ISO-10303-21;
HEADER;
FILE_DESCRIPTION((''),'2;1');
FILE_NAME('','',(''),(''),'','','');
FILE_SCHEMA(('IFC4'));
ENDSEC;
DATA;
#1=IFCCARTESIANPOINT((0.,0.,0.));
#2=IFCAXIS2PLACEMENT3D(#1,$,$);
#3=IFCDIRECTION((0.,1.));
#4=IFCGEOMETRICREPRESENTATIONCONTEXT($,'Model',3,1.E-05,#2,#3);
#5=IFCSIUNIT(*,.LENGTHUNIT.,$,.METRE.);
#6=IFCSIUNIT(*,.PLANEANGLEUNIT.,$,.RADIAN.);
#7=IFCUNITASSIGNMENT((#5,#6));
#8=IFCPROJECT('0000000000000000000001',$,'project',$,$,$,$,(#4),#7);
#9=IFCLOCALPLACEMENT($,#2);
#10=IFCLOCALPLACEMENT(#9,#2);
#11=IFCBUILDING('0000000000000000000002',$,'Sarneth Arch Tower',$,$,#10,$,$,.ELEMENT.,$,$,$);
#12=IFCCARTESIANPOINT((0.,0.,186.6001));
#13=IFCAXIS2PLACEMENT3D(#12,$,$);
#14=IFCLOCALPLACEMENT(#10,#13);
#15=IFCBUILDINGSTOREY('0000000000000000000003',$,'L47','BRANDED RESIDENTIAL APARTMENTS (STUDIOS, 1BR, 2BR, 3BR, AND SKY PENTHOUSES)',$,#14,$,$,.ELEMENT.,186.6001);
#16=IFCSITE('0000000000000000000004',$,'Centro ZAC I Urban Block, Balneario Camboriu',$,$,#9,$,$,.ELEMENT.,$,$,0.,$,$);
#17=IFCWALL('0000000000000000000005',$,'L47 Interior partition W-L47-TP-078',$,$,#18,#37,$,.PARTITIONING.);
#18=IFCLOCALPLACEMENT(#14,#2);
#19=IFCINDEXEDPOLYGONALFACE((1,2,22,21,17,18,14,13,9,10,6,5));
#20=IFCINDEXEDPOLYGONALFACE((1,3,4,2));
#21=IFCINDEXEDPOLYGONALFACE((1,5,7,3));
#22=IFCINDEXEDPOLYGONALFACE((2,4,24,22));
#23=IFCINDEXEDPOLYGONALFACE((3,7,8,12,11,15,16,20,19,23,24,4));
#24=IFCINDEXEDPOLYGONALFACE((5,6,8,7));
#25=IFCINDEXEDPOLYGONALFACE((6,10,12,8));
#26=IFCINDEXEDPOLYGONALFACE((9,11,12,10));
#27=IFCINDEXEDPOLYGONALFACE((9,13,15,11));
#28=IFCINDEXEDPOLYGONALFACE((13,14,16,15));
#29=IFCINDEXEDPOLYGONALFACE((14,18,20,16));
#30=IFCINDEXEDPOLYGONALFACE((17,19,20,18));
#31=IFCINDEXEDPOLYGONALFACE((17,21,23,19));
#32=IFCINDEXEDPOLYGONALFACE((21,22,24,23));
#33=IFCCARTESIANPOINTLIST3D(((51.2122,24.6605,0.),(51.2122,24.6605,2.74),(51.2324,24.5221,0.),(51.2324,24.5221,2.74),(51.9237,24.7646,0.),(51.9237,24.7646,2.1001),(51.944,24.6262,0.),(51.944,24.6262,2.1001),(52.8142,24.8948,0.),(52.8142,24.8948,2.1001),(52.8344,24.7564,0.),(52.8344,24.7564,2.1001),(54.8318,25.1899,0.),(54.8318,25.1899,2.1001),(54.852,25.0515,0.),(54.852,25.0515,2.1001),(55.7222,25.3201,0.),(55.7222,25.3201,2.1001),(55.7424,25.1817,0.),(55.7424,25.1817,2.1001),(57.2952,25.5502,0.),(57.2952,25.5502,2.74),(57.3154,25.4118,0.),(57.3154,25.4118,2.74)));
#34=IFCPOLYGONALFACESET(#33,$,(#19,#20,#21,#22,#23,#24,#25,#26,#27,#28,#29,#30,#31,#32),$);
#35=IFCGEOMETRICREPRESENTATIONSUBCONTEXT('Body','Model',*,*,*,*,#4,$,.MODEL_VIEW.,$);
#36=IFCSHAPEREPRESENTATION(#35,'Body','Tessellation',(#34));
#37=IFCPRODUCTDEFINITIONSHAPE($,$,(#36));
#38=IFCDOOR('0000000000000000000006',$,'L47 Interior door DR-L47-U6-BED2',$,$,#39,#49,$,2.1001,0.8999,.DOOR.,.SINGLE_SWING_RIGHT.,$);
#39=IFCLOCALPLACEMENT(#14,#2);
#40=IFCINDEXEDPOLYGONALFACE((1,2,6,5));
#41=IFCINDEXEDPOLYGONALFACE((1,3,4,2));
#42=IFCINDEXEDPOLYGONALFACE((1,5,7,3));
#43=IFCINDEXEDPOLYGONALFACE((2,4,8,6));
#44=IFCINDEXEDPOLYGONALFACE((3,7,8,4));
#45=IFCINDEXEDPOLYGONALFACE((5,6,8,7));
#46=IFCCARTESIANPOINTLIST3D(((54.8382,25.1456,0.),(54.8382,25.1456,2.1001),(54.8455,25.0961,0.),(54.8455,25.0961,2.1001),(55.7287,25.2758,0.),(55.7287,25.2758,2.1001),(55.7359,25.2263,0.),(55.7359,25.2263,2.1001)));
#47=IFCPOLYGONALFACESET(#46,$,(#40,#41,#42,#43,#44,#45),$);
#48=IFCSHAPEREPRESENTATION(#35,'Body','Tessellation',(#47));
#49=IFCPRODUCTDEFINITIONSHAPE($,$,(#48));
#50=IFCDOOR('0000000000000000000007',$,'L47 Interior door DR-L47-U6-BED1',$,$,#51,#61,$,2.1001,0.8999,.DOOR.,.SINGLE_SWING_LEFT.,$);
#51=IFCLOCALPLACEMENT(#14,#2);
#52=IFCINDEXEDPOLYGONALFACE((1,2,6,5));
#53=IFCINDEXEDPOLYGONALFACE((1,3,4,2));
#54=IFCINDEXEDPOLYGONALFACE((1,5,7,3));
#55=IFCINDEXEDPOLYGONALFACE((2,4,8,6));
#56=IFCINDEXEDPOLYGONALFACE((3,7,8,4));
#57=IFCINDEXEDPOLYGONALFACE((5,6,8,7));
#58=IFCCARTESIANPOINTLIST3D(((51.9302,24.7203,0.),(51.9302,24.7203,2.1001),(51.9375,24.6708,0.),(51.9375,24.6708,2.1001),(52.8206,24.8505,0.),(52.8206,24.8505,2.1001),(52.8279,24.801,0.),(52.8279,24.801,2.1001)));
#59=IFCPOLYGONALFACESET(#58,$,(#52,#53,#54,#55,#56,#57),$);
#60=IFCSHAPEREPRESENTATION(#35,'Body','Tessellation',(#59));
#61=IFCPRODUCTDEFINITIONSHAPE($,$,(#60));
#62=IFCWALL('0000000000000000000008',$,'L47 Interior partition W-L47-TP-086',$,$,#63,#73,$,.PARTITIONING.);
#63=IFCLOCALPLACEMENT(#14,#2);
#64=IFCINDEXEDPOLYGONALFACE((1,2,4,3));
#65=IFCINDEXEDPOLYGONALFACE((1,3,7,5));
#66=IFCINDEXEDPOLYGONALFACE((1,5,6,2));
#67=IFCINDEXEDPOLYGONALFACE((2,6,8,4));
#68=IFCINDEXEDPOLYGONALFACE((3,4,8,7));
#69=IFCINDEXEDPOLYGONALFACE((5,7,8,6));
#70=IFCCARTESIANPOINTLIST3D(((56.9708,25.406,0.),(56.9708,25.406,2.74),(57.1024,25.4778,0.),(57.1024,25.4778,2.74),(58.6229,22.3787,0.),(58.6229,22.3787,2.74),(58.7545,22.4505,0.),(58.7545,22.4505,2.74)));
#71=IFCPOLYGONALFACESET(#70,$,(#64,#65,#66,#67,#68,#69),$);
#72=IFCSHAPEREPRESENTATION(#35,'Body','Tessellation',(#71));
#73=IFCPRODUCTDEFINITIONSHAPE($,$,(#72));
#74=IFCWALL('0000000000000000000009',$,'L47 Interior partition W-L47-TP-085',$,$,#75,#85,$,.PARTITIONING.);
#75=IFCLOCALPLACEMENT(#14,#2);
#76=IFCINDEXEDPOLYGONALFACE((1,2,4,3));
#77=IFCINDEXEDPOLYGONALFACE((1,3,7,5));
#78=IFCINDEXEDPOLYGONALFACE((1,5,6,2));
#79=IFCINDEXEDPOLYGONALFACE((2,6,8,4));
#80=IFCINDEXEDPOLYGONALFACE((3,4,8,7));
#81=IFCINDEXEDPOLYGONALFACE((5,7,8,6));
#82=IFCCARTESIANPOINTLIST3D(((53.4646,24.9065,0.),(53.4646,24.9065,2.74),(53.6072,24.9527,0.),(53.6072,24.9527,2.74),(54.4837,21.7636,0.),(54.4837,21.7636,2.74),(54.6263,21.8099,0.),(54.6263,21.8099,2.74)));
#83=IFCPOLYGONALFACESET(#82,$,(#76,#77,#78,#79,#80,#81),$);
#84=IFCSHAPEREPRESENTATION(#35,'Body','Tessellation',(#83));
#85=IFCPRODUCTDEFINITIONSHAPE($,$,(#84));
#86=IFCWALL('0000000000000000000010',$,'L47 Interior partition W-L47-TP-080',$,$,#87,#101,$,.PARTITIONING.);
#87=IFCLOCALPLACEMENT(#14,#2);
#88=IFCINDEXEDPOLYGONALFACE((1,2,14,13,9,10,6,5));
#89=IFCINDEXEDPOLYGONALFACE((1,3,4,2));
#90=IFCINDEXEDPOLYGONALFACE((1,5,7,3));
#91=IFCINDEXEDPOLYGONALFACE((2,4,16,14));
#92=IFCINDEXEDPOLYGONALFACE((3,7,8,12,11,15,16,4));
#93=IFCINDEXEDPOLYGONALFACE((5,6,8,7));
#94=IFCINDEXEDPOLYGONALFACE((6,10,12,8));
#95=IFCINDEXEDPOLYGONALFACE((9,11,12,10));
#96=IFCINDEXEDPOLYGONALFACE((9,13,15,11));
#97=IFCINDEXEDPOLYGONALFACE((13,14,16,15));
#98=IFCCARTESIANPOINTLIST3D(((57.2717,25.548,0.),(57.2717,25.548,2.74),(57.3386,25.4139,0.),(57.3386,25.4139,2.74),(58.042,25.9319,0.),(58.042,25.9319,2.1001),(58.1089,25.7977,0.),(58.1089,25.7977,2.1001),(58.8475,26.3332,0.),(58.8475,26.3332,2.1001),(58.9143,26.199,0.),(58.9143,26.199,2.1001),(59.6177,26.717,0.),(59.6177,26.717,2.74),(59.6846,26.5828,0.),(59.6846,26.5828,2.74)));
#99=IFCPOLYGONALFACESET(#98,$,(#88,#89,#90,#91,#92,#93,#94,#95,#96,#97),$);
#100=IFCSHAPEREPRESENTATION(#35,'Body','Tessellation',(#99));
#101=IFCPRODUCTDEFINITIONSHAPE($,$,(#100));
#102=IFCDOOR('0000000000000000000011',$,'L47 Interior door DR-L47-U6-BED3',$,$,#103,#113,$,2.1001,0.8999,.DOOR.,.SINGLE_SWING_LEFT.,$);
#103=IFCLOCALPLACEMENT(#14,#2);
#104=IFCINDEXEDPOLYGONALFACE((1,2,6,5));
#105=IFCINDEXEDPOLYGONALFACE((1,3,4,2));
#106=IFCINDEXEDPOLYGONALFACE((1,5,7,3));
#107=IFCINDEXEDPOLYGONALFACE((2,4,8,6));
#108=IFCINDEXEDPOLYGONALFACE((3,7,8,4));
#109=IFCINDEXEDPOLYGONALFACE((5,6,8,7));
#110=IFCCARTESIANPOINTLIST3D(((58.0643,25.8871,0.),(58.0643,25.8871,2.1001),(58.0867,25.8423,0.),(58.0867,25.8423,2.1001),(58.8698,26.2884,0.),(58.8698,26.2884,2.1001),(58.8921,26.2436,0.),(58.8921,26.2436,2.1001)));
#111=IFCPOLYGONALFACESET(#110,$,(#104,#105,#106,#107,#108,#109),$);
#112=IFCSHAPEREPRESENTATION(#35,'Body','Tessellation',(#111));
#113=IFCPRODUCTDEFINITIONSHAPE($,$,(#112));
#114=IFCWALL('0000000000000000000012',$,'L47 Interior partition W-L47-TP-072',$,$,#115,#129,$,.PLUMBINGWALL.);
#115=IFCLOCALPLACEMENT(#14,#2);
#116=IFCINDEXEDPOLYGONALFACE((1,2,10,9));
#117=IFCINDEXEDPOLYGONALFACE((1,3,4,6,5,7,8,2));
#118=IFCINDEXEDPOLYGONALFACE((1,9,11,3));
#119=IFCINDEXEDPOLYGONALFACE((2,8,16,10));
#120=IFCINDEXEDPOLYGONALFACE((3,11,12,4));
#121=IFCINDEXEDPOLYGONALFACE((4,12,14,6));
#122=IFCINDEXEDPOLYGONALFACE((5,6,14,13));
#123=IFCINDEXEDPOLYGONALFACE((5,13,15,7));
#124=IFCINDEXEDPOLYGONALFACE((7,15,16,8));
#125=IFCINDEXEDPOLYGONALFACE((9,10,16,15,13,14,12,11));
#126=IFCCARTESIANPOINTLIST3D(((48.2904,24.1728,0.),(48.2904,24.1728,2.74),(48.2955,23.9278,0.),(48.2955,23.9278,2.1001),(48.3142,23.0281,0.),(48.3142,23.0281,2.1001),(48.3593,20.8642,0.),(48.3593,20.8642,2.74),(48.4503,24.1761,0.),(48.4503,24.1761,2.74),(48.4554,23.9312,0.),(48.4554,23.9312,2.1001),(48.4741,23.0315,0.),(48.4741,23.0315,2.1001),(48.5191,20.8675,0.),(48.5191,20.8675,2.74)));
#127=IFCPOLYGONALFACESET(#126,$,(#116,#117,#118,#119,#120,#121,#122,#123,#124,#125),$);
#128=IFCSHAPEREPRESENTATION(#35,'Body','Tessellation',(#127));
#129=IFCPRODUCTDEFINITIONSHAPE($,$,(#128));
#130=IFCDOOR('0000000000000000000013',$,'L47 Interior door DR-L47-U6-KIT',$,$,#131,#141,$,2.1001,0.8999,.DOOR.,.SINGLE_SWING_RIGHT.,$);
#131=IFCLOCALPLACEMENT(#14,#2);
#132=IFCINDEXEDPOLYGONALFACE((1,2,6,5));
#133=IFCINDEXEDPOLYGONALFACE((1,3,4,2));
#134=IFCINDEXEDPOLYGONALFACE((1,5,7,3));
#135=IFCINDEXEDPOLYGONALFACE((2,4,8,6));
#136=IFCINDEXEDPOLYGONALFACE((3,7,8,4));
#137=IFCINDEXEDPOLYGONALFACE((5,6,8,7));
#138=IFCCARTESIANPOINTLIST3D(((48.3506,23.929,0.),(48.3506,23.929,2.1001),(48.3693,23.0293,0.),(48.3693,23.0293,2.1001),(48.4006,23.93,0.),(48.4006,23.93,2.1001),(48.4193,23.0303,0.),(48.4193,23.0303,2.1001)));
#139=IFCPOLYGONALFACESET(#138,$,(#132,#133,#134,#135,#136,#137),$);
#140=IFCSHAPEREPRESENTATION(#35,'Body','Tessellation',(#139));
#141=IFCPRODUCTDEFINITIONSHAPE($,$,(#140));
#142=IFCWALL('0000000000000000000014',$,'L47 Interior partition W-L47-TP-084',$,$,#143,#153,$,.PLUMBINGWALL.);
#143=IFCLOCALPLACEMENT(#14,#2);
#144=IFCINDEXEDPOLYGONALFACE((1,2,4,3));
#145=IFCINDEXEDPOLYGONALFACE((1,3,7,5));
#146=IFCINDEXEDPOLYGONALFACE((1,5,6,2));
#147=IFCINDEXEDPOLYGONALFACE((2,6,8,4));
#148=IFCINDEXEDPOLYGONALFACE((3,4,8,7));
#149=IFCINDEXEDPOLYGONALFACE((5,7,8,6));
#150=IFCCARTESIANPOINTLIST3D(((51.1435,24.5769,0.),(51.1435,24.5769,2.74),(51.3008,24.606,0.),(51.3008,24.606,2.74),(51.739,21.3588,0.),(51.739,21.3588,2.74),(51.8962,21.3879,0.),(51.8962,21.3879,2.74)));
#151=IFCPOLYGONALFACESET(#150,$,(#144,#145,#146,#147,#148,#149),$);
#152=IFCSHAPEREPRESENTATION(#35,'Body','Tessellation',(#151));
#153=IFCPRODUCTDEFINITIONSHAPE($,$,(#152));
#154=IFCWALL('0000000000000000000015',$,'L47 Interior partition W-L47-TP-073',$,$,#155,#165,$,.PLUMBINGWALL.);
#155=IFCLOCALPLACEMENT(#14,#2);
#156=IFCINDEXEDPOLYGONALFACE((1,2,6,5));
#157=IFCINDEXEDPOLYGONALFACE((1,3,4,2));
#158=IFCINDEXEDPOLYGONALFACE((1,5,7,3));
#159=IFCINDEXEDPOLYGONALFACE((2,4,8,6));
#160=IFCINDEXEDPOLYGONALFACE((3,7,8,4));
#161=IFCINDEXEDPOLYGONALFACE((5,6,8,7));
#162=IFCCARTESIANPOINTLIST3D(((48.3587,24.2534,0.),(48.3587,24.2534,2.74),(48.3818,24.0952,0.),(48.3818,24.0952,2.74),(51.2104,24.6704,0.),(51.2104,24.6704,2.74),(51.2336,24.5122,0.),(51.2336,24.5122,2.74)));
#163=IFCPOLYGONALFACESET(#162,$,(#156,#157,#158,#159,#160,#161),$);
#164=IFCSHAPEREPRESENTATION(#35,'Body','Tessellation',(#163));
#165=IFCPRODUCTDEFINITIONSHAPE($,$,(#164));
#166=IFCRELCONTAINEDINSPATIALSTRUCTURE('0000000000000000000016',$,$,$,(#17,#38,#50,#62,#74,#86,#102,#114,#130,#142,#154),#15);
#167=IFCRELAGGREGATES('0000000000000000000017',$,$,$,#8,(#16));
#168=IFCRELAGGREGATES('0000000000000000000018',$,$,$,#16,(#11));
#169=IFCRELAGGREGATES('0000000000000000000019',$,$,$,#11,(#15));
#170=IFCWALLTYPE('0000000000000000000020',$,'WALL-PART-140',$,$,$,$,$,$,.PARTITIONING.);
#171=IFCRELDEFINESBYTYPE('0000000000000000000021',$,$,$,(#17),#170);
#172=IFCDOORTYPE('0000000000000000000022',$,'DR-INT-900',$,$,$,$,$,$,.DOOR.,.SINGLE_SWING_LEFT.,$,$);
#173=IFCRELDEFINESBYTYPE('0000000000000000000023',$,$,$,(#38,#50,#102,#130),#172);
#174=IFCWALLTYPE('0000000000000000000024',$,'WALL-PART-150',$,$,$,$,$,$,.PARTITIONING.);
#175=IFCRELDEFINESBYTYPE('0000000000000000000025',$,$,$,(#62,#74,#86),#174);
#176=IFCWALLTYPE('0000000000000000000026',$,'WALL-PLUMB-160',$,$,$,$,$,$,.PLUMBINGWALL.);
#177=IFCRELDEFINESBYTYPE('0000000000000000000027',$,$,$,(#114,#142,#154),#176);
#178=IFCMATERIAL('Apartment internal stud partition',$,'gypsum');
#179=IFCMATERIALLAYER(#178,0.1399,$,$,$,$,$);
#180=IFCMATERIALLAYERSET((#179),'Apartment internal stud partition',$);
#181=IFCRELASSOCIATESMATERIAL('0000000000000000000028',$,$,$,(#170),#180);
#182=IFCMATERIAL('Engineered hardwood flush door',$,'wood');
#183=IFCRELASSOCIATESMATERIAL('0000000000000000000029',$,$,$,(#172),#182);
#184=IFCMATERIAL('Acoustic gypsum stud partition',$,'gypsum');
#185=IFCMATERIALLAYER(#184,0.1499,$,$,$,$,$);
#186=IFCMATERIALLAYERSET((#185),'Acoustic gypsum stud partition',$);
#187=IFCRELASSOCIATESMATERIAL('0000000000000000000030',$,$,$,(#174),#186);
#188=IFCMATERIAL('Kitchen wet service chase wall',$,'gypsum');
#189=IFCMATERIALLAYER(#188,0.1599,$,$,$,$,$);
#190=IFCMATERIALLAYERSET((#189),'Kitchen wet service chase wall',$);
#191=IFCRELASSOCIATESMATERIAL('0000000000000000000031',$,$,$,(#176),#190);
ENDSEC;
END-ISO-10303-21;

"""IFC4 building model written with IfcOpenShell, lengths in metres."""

from ifc_helpers import new_model, si_unit, direction, frame, frame_2d, origin, place, context, subcontext, project, spatial, rectangle, extrude, material, layer, layer_set, type_object, element, fill, save


model = new_model("IFC4")

# Units and contexts
model_context = context("Model", 3, precision=1e-05, world=origin(), true_north=direction((0.0, 1.0)))
body_context = subcontext(model_context, "Body", "Model", "MODEL_VIEW")
ifc_project = project(units=[si_unit("LENGTHUNIT", "METRE"), si_unit("PLANEANGLEUNIT", "RADIAN")], contexts=[model_context])

# Site, building, storey
site_placement = place(None, origin())
site = spatial("IfcSite", under=ifc_project, at=site_placement, Name="Centro ZAC I Urban Block, Balneario Camboriu", CompositionType="ELEMENT", RefElevation=0.0)
building_placement = place(site_placement, origin())
building = spatial("IfcBuilding", under=site, at=building_placement, Name="Sarneth Arch Tower", CompositionType="ELEMENT")
storey_placement = place(building_placement, frame((0.0, 0.0, 186.6001)))
storey = spatial("IfcBuildingStorey", under=building, at=storey_placement, Name="L47", Description="BRANDED RESIDENTIAL APARTMENTS (STUDIOS, 1BR, 2BR, 3BR, AND SKY PENTHOUSES)", CompositionType="ELEMENT", Elevation=186.6001)

# Wall, openings, doors
ifc_material_1 = material(Name="Apartment internal stud partition", Category="gypsum")
ifc_layer_1 = layer(ifc_material_1, 0.1399)
ifc_layer_set_1 = layer_set([ifc_layer_1], Name="Apartment internal stud partition")
wall_type_1 = type_object("IfcWallType", Name="WALL-PART-140", PredefinedType="PARTITIONING", material=ifc_layer_set_1)
wall_1_placement = place(storey_placement, frame((57.3052, 25.481, 0.0), z_axis=(0.0, 0.0, 1.0), x_axis=(-0.989474, -0.144712, 0.0)))
wall_1 = element("IfcWall", 1, at=wall_1_placement, inside=storey, type_object=wall_type_1, Name="L47 Interior partition W-L47-TP-078", PredefinedType="PARTITIONING", context=body_context, shape_type="SweptSolid", body=[
    extrude(rectangle(XDim=6.1477, YDim=0.1399, at=frame_2d((3.0737, 0.0))), origin(), (0.0, 0.0, 1.0), 2.74),
])
opening_1_placement = place(wall_1_placement, frame((1.5896, 0.0, 0.0)))
opening_1 = element("IfcOpeningElement", 2, at=opening_1_placement, cuts=wall_1, PredefinedType="OPENING", context=body_context, shape_type="SweptSolid", body=[
    extrude(rectangle(XDim=0.8999, YDim=2.1001, at=frame_2d((0.45, 1.05))), frame((0.0, 0.0798, 0.0), z_axis=(0.0, -1.0, 0.0), x_axis=(1.0, 0.0, 0.0)), (0.0, 0.0, 1.0), 0.1599),
])
opening_2_placement = place(wall_1_placement, frame((4.5286, 0.0, 0.0)))
opening_2 = element("IfcOpeningElement", 3, at=opening_2_placement, cuts=wall_1, PredefinedType="OPENING", context=body_context, shape_type="SweptSolid", body=[
    extrude(rectangle(XDim=0.8999, YDim=2.1001, at=frame_2d((0.45, 1.05))), frame((0.0, 0.0798, 0.0), z_axis=(0.0, -1.0, 0.0), x_axis=(1.0, 0.0, 0.0)), (0.0, 0.0, 1.0), 0.1599),
])
ifc_material_2 = material(Name="Engineered hardwood flush door", Category="wood")
door_type_1 = type_object("IfcDoorType", Name="DR-INT-900", OperationType="SINGLE_SWING_LEFT", PredefinedType="DOOR", material=ifc_material_2)
door_1_placement = place(opening_1_placement, origin())
door_1 = element("IfcDoor", 4, at=door_1_placement, inside=storey, type_object=door_type_1, Name="L47 Interior door DR-L47-U6-BED2", OperationType="SINGLE_SWING_RIGHT", OverallHeight=2.1001, OverallWidth=0.8999, PredefinedType="DOOR", context=body_context, shape_type="SweptSolid", body=[
    extrude(rectangle(XDim=0.8999, YDim=2.1001, at=frame_2d((0.45, 1.05))), frame((0.0, 0.0249, 0.0), z_axis=(0.0, -1.0, 0.0), x_axis=(1.0, 0.0, 0.0)), (0.0, 0.0, 1.0), 0.05),
])
fill(opening_1, door_1)
door_2_placement = place(opening_2_placement, origin())
door_2 = element("IfcDoor", 5, at=door_2_placement, inside=storey, type_object=door_type_1, Name="L47 Interior door DR-L47-U6-BED1", OperationType="SINGLE_SWING_LEFT", OverallHeight=2.1001, OverallWidth=0.8999, PredefinedType="DOOR", context=body_context, shape_type="SweptSolid", body=[
    extrude(rectangle(XDim=0.8999, YDim=2.1001, at=frame_2d((0.45, 1.05))), frame((0.0, 0.0249, 0.0), z_axis=(0.0, -1.0, 0.0), x_axis=(1.0, 0.0, 0.0)), (0.0, 0.0, 1.0), 0.05),
])
fill(opening_2, door_2)

# Walls
ifc_material_3 = material(Name="Acoustic gypsum stud partition", Category="gypsum")
ifc_layer_2 = layer(ifc_material_3, 0.1499)
ifc_layer_set_2 = layer_set([ifc_layer_2], Name="Acoustic gypsum stud partition")
wall_type_2 = type_object("IfcWallType", Name="WALL-PART-150", PredefinedType="PARTITIONING", material=ifc_layer_set_2)
wall_2_placement = place(storey_placement, frame((57.0366, 25.4419, 0.0), z_axis=(0.0, 0.0, 1.0), x_axis=(0.479036, -0.877795, 0.0)))
element("IfcWall", 6, at=wall_2_placement, inside=storey, type_object=wall_type_2, Name="L47 Interior partition W-L47-TP-086", PredefinedType="PARTITIONING", context=body_context, shape_type="SweptSolid", body=[
    extrude(rectangle(XDim=3.4487, YDim=0.1499, at=frame_2d((1.7244, 0.0))), origin(), (0.0, 0.0, 1.0), 2.74),
])
wall_3_placement = place(storey_placement, frame((54.5549, 21.7869, 0.0), z_axis=(0.0, 0.0, 1.0), x_axis=(-0.308436, 0.951245, 0.0)))
element("IfcWall", 7, at=wall_3_placement, inside=storey, type_object=wall_type_2, Name="L47 Interior partition W-L47-TP-085", PredefinedType="PARTITIONING", context=body_context, shape_type="SweptSolid", body=[
    extrude(rectangle(XDim=3.304, YDim=0.1499, at=frame_2d((1.6519, 0.0))), origin(), (0.0, 0.0, 1.0), 2.74),
])

# Walls, openings, doors
wall_4_placement = place(storey_placement, frame((57.3052, 25.481, 0.0), z_axis=(0.0, 0.0, 1.0), x_axis=(0.895041, 0.445984, 0.0)))
wall_4 = element("IfcWall", 8, at=wall_4_placement, inside=storey, type_object=wall_type_2, Name="L47 Interior partition W-L47-TP-080", PredefinedType="PARTITIONING", context=body_context, shape_type="SweptSolid", body=[
    extrude(rectangle(XDim=2.6211, YDim=0.1499, at=frame_2d((1.3105, 0.0))), origin(), (0.0, 0.0, 1.0), 2.74),
])
opening_3_placement = place(wall_4_placement, frame((0.8606, 0.0, 0.0)))
opening_3 = element("IfcOpeningElement", 9, at=opening_3_placement, cuts=wall_4, PredefinedType="OPENING", context=body_context, shape_type="SweptSolid", body=[
    extrude(rectangle(XDim=0.8999, YDim=2.1001, at=frame_2d((0.45, 1.05))), frame((0.0, 0.085, 0.0), z_axis=(0.0, -1.0, 0.0), x_axis=(1.0, 0.0, 0.0)), (0.0, 0.0, 1.0), 0.1699),
])
door_3_placement = place(opening_3_placement, origin())
door_3 = element("IfcDoor", 10, at=door_3_placement, inside=storey, type_object=door_type_1, Name="L47 Interior door DR-L47-U6-BED3", OperationType="SINGLE_SWING_LEFT", OverallHeight=2.1001, OverallWidth=0.8999, PredefinedType="DOOR", context=body_context, shape_type="SweptSolid", body=[
    extrude(rectangle(XDim=0.8999, YDim=2.1001, at=frame_2d((0.45, 1.05))), frame((0.0, 0.0249, 0.0), z_axis=(0.0, -1.0, 0.0), x_axis=(1.0, 0.0, 0.0)), (0.0, 0.0, 1.0), 0.05),
])
fill(opening_3, door_3)
ifc_material_4 = material(Name="Kitchen wet service chase wall", Category="gypsum")
ifc_layer_3 = layer(ifc_material_4, 0.1599)
ifc_layer_set_3 = layer_set([ifc_layer_3], Name="Kitchen wet service chase wall")
wall_type_3 = type_object("IfcWallType", Name="WALL-PLUMB-160", PredefinedType="PLUMBINGWALL", material=ifc_layer_set_3)
wall_5_placement = place(storey_placement, frame((48.4392, 20.8657, 0.0), z_axis=(0.0, 0.0, 1.0), x_axis=(-0.020804, 0.999784, 0.0)))
wall_5 = element("IfcWall", 11, at=wall_5_placement, inside=storey, type_object=wall_type_3, Name="L47 Interior partition W-L47-TP-072", PredefinedType="PLUMBINGWALL", context=body_context, shape_type="SweptSolid", body=[
    extrude(rectangle(XDim=3.3093, YDim=0.1599, at=frame_2d((1.6548, 0.0))), origin(), (0.0, 0.0, 1.0), 2.74),
])
opening_4_placement = place(wall_5_placement, frame((2.1646, 0.0, 0.0)))
opening_4 = element("IfcOpeningElement", 12, at=opening_4_placement, cuts=wall_5, PredefinedType="OPENING", context=body_context, shape_type="SweptSolid", body=[
    extrude(rectangle(XDim=0.8999, YDim=2.1001, at=frame_2d((0.45, 1.05))), frame((0.0, 0.0898, 0.0), z_axis=(0.0, -1.0, 0.0), x_axis=(1.0, 0.0, 0.0)), (0.0, 0.0, 1.0), 0.1799),
])
door_4_placement = place(opening_4_placement, origin())
door_4 = element("IfcDoor", 13, at=door_4_placement, inside=storey, type_object=door_type_1, Name="L47 Interior door DR-L47-U6-KIT", OperationType="SINGLE_SWING_RIGHT", OverallHeight=2.1001, OverallWidth=0.8999, PredefinedType="DOOR", context=body_context, shape_type="SweptSolid", body=[
    extrude(rectangle(XDim=0.8999, YDim=2.1001, at=frame_2d((0.45, 1.05))), frame((0.0, 0.0249, 0.0), z_axis=(0.0, -1.0, 0.0), x_axis=(1.0, 0.0, 0.0)), (0.0, 0.0, 1.0), 0.05),
])
fill(opening_4, door_4)

# Walls
wall_6_placement = place(storey_placement, frame((51.2222, 24.5913, 0.0), z_axis=(0.0, 0.0, 1.0), x_axis=(0.18195, -0.983308, 0.0)))
element("IfcWall", 14, at=wall_6_placement, inside=storey, type_object=wall_type_3, Name="L47 Interior partition W-L47-TP-084", PredefinedType="PLUMBINGWALL", context=body_context, shape_type="SweptSolid", body=[
    extrude(rectangle(XDim=3.2727, YDim=0.1599, at=frame_2d((1.6362, 0.0))), origin(), (0.0, 0.0, 1.0), 2.74),
])
wall_7_placement = place(storey_placement, frame((48.3704, 24.1743, 0.0), z_axis=(0.0, 0.0, 1.0), x_axis=(0.989478, 0.144682, 0.0)))
element("IfcWall", 15, at=wall_7_placement, inside=storey, type_object=wall_type_3, Name="L47 Interior partition W-L47-TP-073", PredefinedType="PLUMBINGWALL", context=body_context, shape_type="SweptSolid", body=[
    extrude(rectangle(XDim=2.8821, YDim=0.1599, at=frame_2d((1.4409, 0.0))), origin(), (0.0, 0.0, 1.0), 2.74),
])

save(model, "model.ifc")
